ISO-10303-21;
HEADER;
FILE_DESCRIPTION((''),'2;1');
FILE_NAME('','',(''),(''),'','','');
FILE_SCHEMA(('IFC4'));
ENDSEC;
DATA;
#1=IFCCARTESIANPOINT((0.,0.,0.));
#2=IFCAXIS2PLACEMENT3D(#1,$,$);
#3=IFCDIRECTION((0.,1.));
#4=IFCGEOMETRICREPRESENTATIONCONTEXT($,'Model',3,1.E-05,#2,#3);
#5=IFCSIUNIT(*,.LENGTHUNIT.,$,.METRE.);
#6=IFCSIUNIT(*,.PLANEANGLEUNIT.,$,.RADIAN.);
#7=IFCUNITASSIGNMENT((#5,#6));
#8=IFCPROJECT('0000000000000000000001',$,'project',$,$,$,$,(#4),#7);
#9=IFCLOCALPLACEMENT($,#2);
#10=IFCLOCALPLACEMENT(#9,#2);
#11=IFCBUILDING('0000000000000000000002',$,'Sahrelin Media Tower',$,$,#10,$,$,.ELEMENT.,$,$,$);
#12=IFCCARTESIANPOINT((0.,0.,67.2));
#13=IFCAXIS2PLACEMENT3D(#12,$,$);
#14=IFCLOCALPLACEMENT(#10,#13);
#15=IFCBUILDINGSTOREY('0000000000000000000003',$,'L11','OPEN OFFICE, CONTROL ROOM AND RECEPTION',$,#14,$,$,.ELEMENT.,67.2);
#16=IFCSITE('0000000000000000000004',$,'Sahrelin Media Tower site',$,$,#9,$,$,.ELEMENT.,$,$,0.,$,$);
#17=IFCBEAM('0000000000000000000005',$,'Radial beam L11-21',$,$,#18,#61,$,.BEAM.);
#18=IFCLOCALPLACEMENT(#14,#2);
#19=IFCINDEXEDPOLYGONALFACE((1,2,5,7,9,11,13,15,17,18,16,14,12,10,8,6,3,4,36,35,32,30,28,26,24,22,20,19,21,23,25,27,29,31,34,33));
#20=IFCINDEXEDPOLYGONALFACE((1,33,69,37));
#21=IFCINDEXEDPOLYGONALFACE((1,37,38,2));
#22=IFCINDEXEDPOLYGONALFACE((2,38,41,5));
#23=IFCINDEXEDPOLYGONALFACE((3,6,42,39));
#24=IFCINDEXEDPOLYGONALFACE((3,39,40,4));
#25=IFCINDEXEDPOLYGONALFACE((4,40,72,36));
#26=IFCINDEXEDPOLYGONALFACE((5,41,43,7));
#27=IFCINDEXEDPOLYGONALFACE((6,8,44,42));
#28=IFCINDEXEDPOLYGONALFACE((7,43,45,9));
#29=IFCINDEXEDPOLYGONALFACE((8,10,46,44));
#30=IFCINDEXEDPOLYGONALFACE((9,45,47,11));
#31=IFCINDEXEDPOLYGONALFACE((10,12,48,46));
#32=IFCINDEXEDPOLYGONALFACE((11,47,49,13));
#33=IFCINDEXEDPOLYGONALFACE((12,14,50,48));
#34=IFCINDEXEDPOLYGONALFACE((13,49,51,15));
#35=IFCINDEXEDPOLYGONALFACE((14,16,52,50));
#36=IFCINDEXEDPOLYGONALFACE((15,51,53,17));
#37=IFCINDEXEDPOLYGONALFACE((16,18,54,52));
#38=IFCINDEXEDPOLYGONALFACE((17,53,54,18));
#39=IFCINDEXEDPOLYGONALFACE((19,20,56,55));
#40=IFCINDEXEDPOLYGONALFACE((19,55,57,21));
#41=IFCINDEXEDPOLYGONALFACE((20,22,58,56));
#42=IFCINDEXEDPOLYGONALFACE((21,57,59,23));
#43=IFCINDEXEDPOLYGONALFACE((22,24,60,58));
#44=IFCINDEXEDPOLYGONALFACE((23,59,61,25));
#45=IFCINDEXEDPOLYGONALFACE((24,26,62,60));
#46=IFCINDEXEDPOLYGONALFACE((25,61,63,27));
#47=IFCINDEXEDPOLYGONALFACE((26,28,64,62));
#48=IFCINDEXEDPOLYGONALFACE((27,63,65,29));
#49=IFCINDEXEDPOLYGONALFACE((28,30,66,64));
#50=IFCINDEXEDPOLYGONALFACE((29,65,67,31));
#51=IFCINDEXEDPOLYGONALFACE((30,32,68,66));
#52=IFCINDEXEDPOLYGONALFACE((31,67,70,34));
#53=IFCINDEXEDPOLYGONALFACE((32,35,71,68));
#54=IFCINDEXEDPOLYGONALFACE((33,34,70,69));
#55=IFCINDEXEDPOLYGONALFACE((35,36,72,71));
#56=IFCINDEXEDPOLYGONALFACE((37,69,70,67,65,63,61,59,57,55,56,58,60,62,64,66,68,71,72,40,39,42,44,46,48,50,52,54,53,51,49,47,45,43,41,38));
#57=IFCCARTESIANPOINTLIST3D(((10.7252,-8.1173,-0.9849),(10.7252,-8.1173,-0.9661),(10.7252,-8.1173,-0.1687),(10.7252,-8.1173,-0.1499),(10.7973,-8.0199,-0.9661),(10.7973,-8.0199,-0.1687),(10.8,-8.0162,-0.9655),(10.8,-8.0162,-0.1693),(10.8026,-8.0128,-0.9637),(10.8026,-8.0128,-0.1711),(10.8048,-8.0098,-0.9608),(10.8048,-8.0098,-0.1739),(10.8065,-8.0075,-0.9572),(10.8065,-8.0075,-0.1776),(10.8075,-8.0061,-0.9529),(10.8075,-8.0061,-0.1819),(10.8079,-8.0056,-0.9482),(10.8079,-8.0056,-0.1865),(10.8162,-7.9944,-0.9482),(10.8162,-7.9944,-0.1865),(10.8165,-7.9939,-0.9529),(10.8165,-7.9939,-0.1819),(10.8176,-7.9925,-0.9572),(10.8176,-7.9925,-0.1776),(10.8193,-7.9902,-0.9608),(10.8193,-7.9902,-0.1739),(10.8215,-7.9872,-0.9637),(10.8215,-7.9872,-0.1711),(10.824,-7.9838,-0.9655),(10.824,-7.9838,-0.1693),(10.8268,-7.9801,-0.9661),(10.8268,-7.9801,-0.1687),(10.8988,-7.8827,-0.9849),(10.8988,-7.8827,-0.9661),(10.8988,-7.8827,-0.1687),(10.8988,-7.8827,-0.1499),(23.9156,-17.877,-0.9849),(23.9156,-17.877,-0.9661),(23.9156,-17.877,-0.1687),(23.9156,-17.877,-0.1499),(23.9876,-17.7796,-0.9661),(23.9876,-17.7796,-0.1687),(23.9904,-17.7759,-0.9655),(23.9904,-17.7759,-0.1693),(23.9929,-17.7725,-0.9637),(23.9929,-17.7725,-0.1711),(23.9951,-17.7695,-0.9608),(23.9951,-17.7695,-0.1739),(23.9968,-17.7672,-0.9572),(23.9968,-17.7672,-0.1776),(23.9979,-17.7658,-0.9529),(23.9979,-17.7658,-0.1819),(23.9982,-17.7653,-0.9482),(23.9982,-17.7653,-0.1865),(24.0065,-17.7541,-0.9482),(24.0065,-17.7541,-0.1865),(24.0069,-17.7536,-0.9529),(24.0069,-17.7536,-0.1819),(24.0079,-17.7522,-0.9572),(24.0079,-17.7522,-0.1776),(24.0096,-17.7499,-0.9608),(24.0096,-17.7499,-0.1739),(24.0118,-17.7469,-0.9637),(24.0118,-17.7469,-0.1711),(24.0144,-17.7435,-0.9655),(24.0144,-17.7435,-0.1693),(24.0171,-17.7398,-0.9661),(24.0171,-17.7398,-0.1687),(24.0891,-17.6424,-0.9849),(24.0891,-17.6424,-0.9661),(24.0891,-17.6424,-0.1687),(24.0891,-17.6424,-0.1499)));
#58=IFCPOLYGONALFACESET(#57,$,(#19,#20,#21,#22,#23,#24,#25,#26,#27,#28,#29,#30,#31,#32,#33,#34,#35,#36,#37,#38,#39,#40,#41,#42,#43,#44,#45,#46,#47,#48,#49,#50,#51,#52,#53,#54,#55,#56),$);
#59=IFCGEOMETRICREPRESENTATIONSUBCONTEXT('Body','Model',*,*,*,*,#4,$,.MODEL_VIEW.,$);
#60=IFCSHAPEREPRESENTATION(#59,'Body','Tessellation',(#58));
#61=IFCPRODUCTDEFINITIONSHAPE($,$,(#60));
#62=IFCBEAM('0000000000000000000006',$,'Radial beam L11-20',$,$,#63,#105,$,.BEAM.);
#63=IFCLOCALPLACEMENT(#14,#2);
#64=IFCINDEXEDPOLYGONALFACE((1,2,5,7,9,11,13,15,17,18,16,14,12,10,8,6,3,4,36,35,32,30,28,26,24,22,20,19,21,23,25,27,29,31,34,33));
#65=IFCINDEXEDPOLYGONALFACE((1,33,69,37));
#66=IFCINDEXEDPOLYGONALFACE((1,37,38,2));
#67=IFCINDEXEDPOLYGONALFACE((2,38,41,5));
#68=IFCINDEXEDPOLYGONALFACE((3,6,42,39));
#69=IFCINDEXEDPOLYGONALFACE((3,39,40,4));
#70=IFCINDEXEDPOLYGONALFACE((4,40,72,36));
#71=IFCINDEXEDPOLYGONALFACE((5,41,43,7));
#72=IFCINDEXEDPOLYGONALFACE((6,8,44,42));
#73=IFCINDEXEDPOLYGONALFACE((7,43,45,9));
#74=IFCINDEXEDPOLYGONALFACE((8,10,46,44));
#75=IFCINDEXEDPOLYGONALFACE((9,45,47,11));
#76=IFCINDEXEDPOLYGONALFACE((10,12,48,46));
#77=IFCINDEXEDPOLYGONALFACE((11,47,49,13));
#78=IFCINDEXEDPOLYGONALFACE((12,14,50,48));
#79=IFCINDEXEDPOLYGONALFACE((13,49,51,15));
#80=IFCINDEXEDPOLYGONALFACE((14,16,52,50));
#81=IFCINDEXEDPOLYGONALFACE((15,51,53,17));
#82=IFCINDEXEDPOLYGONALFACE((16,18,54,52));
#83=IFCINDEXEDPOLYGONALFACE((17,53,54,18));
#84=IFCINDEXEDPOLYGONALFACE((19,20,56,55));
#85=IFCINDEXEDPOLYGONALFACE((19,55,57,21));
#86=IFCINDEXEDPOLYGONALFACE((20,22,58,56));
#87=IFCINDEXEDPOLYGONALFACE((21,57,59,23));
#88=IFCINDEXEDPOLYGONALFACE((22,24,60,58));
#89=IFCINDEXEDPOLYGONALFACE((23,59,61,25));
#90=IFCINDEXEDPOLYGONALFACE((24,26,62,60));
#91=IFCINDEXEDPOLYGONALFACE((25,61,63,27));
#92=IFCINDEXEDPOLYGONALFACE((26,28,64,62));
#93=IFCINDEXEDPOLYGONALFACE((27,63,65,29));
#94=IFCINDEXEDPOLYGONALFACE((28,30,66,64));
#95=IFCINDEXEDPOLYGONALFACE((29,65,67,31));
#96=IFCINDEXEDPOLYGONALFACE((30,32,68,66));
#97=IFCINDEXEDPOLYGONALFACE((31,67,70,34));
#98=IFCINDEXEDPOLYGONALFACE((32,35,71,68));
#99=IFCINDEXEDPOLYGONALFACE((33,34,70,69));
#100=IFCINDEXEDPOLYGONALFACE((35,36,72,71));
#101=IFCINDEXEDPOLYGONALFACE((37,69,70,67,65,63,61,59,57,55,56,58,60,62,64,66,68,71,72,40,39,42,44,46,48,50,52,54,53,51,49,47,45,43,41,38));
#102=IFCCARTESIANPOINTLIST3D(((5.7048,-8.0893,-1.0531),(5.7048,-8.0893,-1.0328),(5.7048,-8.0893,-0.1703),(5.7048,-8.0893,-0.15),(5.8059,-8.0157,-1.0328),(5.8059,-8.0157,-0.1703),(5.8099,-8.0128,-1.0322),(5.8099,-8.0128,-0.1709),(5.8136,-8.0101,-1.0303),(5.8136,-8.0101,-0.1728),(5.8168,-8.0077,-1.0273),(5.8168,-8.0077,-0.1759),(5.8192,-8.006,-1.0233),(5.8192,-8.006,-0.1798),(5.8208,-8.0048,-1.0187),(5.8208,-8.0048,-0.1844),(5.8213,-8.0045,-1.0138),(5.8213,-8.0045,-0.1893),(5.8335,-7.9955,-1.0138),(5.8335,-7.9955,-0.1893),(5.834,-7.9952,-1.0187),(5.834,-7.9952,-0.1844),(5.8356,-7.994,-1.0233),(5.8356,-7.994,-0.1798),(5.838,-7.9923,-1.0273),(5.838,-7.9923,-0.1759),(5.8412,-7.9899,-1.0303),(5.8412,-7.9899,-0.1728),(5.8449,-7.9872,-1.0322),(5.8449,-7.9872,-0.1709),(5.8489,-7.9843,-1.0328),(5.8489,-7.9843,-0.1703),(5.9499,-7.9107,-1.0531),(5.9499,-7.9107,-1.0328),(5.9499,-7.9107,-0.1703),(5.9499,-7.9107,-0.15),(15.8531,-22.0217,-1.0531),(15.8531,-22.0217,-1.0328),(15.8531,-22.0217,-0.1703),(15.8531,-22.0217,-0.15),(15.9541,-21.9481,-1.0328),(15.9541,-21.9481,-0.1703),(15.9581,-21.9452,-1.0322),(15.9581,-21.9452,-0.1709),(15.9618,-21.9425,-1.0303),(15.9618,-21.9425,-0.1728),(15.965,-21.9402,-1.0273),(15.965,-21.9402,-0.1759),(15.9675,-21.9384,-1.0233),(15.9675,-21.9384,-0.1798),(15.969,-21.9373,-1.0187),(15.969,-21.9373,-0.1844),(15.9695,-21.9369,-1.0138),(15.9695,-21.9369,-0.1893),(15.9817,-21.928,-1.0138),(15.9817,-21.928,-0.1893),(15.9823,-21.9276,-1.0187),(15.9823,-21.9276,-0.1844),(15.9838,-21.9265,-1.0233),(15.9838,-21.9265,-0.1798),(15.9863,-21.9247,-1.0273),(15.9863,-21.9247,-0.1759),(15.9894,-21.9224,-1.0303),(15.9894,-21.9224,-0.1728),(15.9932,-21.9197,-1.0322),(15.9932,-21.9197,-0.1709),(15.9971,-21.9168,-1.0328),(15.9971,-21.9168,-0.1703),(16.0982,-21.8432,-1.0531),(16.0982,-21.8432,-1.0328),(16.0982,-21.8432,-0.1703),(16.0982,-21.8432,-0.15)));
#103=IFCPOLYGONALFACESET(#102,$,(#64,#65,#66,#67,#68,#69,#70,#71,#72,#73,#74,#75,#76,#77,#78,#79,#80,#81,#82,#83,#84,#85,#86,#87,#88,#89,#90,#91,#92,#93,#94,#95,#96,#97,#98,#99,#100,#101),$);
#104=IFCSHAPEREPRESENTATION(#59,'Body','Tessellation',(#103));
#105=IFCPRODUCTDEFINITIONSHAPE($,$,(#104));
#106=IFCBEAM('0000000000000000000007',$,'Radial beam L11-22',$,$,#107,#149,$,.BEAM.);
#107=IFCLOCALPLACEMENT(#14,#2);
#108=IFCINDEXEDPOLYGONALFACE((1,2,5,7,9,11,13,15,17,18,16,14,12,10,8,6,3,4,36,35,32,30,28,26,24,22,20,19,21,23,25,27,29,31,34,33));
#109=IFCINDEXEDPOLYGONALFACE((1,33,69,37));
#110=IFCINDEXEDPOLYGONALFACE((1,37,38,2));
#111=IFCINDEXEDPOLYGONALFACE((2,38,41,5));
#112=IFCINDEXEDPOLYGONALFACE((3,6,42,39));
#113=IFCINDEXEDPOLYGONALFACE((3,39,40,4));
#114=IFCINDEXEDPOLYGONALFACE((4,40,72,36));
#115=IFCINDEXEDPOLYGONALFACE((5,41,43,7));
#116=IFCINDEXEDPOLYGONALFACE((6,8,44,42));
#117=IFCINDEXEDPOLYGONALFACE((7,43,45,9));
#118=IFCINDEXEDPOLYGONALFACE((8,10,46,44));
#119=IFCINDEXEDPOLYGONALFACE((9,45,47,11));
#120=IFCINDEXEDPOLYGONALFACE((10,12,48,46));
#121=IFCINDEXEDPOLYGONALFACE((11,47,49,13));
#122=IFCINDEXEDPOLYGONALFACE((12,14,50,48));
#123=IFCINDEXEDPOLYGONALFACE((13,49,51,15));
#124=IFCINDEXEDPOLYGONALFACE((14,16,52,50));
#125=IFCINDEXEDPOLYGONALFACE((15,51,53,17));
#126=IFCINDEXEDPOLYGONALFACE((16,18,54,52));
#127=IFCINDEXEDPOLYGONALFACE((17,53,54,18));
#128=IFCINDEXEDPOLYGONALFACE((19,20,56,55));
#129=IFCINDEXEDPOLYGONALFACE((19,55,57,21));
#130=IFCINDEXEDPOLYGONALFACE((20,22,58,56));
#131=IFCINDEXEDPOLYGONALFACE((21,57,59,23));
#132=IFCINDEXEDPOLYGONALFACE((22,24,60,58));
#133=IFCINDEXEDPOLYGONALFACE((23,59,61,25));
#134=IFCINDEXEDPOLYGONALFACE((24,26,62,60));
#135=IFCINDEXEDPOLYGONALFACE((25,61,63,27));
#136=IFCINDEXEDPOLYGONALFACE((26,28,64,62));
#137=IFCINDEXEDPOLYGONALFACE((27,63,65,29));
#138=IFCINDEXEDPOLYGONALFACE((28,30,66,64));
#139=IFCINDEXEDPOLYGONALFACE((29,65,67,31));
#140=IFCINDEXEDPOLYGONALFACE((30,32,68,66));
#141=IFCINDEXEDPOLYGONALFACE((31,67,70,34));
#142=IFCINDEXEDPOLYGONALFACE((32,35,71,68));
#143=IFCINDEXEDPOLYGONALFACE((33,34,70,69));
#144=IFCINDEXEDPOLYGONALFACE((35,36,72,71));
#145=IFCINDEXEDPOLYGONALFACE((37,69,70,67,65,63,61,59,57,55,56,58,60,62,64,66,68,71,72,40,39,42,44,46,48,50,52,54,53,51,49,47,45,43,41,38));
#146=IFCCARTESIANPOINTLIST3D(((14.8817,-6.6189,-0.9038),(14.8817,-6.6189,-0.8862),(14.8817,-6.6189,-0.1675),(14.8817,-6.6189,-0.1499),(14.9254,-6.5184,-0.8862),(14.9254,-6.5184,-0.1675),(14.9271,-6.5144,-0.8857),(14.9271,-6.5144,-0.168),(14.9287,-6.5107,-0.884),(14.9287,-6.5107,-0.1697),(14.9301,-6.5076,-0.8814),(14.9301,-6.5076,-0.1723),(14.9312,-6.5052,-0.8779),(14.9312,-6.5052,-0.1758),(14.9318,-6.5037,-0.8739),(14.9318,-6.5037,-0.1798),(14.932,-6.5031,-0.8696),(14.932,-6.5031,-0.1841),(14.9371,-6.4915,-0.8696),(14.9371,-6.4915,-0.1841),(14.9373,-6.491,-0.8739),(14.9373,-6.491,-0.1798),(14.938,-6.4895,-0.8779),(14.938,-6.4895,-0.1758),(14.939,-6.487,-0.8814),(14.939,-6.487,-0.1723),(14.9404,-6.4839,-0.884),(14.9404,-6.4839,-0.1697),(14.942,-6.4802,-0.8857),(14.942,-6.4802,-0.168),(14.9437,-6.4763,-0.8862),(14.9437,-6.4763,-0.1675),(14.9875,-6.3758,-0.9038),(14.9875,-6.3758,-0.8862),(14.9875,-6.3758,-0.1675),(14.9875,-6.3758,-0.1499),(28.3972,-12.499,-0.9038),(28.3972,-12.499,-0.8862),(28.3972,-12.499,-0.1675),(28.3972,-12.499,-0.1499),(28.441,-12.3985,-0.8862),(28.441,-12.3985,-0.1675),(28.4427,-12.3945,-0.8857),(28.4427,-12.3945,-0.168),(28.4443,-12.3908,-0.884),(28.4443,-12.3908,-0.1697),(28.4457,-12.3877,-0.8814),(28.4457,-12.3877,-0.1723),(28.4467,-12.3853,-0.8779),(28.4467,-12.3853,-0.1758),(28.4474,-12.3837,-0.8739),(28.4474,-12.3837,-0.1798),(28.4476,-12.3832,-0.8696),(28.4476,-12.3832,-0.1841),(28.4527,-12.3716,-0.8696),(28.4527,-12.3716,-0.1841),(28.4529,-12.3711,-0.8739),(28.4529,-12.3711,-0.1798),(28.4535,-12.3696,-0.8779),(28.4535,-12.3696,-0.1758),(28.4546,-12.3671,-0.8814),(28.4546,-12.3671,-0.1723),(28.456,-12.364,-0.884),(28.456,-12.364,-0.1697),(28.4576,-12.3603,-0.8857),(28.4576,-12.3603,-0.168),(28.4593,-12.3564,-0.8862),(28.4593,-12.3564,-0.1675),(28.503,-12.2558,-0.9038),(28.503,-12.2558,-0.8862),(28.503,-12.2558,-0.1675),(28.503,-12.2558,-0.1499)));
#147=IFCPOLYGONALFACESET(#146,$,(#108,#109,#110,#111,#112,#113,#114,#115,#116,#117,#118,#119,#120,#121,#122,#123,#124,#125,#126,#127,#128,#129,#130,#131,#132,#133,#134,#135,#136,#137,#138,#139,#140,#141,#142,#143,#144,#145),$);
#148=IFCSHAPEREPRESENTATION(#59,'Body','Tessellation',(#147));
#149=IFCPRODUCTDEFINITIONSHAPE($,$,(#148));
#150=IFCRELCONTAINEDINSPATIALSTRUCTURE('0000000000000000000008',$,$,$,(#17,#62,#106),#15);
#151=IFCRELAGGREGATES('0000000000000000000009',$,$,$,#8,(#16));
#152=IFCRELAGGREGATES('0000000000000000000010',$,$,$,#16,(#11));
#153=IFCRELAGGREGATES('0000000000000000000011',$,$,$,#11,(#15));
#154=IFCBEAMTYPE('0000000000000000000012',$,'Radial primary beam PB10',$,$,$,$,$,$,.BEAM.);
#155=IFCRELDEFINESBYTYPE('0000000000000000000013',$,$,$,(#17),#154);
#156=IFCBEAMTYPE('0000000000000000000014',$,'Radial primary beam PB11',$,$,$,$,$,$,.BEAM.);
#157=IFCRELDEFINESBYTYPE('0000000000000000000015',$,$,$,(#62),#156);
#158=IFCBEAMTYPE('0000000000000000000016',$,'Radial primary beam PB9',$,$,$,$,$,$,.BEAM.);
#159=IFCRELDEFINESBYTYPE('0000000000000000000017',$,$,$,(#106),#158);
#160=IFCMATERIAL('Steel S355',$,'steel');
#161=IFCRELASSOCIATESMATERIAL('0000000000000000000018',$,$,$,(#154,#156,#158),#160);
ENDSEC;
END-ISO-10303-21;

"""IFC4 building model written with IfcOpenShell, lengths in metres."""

from ifc_helpers import new_model, si_unit, direction, frame, origin, origin_2d, place, context, subcontext, project, spatial, i_section, extrude, material, material_profile, profile_set, type_object, element, save


model = new_model("IFC4")

# Units and contexts
model_context = context("Model", 3, precision=1e-05, world=origin(), true_north=direction((0.0, 1.0)))
body_context = subcontext(model_context, "Body", "Model", "MODEL_VIEW")
ifc_project = project(units=[si_unit("LENGTHUNIT", "METRE"), si_unit("PLANEANGLEUNIT", "RADIAN")], contexts=[model_context])

# Site, building, storey
site_placement = place(None, origin())
site = spatial("IfcSite", under=ifc_project, at=site_placement, Name="Sahrelin Media Tower site", CompositionType="ELEMENT", RefElevation=0.0)
building_placement = place(site_placement, origin())
building = spatial("IfcBuilding", under=site, at=building_placement, Name="Sahrelin Media Tower", CompositionType="ELEMENT")
storey_placement = place(building_placement, frame((0.0, 0.0, 67.2)))
storey = spatial("IfcBuildingStorey", under=building, at=storey_placement, Name="L11", Description="OPEN OFFICE, CONTROL ROOM AND RECEPTION", CompositionType="ELEMENT", Elevation=67.2)

# Beams
ifc_material_1 = material(Name="Steel S355", Category="steel")
ifc_material_profile_1 = material_profile(ifc_material_1, i_section(OverallWidth=0.2917, OverallDepth=0.835, WebThickness=0.0139, FlangeThickness=0.0188, FilletRadius=0.0178, at=origin_2d()), Name="UB 838x292x176")
ifc_profile_set_1 = profile_set([ifc_material_profile_1], Name="Steel S355")
beam_type_1 = type_object("IfcBeamType", Name="Radial primary beam PB10", PredefinedType="BEAM", material=ifc_profile_set_1)
beam_1_placement = place(storey_placement, frame((10.812, -8.0, -0.5674), z_axis=(0.803875, -0.594798, 0.0), x_axis=(0.594798, 0.803875, 0.0)))
element("IfcBeam", 1, at=beam_1_placement, inside=storey, type_object=beam_type_1, Name="Radial beam L11-21", PredefinedType="BEAM", context=body_context, shape_type="SweptSolid", body=[
    extrude(i_section(OverallWidth=0.2917, OverallDepth=0.835, WebThickness=0.0139, FlangeThickness=0.0188, FilletRadius=0.0178, at=origin_2d()), origin(), (0.0, 0.0, 1.0), 16.4084),
])
ifc_material_profile_2 = material_profile(ifc_material_1, i_section(OverallWidth=0.3032, OverallDepth=0.9031, WebThickness=0.0151, FlangeThickness=0.0203, FilletRadius=0.019, at=origin_2d()), Name="UB 914x305x201")
ifc_profile_set_2 = profile_set([ifc_material_profile_2], Name="Steel S355")
beam_type_2 = type_object("IfcBeamType", Name="Radial primary beam PB11", PredefinedType="BEAM", material=ifc_profile_set_2)
beam_2_placement = place(storey_placement, frame((5.8274, -8.0, -0.6016), z_axis=(0.588762, -0.808307, 0.0), x_axis=(0.808307, 0.588762, 0.0)))
element("IfcBeam", 2, at=beam_2_placement, inside=storey, type_object=beam_type_2, Name="Radial beam L11-20", PredefinedType="BEAM", context=body_context, shape_type="SweptSolid", body=[
    extrude(i_section(OverallWidth=0.3032, OverallDepth=0.9031, WebThickness=0.0151, FlangeThickness=0.0203, FilletRadius=0.019, at=origin_2d()), origin(), (0.0, 0.0, 1.0), 17.2366),
])
ifc_material_profile_3 = material_profile(ifc_material_1, i_section(OverallWidth=0.2651, OverallDepth=0.7539, WebThickness=0.0127, FlangeThickness=0.0176, FilletRadius=0.0166, at=origin_2d()), Name="UB 762x267x147")
ifc_profile_set_3 = profile_set([ifc_material_profile_3], Name="Steel S355")
beam_type_3 = type_object("IfcBeamType", Name="Radial primary beam PB9", PredefinedType="BEAM", material=ifc_profile_set_3)
beam_3_placement = place(storey_placement, frame((14.9346, -6.4973, -0.5269), z_axis=(0.916977, -0.398941, 0.0), x_axis=(0.398941, 0.916977, 0.0)))
element("IfcBeam", 3, at=beam_3_placement, inside=storey, type_object=beam_type_3, Name="Radial beam L11-22", PredefinedType="BEAM", context=body_context, shape_type="SweptSolid", body=[
    extrude(i_section(OverallWidth=0.2651, OverallDepth=0.7539, WebThickness=0.0127, FlangeThickness=0.0176, FilletRadius=0.0166, at=origin_2d()), origin(), (0.0, 0.0, 1.0), 14.7393),
])

save(model, "model.ifc")
